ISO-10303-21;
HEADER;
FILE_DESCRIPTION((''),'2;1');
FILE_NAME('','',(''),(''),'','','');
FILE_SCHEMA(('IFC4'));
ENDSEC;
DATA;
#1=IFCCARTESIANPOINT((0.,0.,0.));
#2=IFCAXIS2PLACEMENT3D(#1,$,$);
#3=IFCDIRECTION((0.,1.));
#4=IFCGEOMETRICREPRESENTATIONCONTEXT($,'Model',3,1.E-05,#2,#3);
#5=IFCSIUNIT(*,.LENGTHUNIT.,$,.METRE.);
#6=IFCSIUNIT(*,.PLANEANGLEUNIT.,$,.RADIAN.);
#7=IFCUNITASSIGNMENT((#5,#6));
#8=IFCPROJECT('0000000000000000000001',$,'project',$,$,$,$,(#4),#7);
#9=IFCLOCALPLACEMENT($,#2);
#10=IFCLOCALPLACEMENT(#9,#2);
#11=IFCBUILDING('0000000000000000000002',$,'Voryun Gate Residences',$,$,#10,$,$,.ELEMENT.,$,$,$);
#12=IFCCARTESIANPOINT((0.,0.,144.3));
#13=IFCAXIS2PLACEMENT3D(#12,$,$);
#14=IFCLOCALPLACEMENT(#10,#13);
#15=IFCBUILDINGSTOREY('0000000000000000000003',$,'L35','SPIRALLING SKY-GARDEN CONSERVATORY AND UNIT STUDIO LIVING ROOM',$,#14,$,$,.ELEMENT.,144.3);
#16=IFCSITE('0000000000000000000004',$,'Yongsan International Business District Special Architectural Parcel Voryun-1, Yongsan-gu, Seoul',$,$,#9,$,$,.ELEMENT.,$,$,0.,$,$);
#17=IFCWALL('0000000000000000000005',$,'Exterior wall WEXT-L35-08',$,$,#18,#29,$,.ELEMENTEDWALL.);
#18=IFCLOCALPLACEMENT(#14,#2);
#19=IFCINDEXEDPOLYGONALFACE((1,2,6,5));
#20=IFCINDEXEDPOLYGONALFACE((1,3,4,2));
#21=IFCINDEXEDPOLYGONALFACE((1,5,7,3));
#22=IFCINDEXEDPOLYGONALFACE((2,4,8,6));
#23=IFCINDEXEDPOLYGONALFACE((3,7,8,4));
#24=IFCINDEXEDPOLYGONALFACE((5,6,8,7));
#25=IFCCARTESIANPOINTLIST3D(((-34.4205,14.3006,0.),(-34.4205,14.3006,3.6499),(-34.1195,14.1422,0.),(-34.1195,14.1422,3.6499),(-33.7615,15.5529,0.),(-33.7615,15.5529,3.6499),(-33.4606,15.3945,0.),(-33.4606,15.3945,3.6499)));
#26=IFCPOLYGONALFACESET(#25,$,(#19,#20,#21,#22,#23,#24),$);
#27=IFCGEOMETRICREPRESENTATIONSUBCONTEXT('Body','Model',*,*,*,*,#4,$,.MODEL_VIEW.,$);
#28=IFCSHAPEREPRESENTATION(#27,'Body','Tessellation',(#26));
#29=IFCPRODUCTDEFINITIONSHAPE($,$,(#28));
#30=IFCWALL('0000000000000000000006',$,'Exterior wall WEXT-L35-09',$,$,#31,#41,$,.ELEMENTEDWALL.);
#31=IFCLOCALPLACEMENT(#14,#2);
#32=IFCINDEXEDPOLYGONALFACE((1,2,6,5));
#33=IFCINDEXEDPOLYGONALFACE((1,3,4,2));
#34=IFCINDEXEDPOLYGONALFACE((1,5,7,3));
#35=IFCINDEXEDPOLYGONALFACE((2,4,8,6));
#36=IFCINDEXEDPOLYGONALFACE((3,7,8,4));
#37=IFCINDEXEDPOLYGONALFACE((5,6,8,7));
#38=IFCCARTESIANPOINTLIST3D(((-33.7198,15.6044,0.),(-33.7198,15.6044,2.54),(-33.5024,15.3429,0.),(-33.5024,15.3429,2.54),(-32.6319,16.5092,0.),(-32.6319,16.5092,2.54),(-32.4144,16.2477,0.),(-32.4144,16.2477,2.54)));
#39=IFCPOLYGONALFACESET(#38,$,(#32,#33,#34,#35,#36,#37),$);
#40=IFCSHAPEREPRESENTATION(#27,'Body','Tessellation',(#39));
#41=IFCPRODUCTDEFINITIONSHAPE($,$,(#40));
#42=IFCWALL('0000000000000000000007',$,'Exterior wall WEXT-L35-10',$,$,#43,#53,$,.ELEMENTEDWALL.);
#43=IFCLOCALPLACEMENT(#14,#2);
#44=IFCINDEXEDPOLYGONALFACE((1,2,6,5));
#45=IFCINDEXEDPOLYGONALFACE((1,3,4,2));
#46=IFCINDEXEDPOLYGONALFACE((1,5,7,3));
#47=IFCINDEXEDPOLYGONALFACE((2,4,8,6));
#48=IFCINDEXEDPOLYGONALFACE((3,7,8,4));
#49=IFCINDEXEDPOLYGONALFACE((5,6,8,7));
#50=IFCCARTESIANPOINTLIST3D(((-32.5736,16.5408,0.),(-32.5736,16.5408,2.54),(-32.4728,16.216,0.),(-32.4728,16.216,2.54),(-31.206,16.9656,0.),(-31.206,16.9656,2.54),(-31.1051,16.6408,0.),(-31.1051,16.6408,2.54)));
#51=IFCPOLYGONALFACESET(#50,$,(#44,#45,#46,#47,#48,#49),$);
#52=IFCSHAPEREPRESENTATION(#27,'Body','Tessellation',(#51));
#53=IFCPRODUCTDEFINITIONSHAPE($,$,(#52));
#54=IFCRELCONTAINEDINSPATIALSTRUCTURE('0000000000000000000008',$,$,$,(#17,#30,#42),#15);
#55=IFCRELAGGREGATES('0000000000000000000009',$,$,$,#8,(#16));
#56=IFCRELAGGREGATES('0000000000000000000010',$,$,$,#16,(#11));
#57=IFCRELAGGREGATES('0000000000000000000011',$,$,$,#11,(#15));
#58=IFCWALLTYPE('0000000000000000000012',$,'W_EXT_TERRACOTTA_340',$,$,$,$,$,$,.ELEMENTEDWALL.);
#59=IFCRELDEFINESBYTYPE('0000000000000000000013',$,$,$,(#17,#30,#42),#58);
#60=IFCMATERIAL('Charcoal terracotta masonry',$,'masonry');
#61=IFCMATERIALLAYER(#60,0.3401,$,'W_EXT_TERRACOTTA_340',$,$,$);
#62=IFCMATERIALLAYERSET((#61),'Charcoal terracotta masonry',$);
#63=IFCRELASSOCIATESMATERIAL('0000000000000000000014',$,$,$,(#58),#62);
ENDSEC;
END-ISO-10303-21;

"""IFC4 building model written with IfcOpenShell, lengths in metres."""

from ifc_helpers import new_model, si_unit, direction, frame, frame_2d, origin, place, context, subcontext, project, spatial, rectangle, extrude, material, layer, layer_set, type_object, element, save


model = new_model("IFC4")

# Units and contexts
model_context = context("Model", 3, precision=1e-05, world=origin(), true_north=direction((0.0, 1.0)))
body_context = subcontext(model_context, "Body", "Model", "MODEL_VIEW")
ifc_project = project(units=[si_unit("LENGTHUNIT", "METRE"), si_unit("PLANEANGLEUNIT", "RADIAN")], contexts=[model_context])

# Site, building, storey
site_placement = place(None, origin())
site = spatial("IfcSite", under=ifc_project, at=site_placement, Name="Yongsan International Business District Special Architectural Parcel Voryun-1, Yongsan-gu, Seoul", CompositionType="ELEMENT", RefElevation=0.0)
building_placement = place(site_placement, origin())
building = spatial("IfcBuilding", under=site, at=building_placement, Name="Voryun Gate Residences", CompositionType="ELEMENT")
storey_placement = place(building_placement, frame((0.0, 0.0, 144.3)))
storey = spatial("IfcBuildingStorey", under=building, at=storey_placement, Name="L35", Description="SPIRALLING SKY-GARDEN CONSERVATORY AND UNIT STUDIO LIVING ROOM", CompositionType="ELEMENT", Elevation=144.3)

# Walls
ifc_material_1 = material(Name="Charcoal terracotta masonry", Category="masonry")
ifc_layer_1 = layer(ifc_material_1, 0.3401, Name="W_EXT_TERRACOTTA_340")
ifc_layer_set_1 = layer_set([ifc_layer_1], Name="Charcoal terracotta masonry")
wall_type = type_object("IfcWallType", Name="W_EXT_TERRACOTTA_340", PredefinedType="ELEMENTEDWALL", material=ifc_layer_set_1)
wall_1_placement = place(storey_placement, frame((-34.27, 14.2214, 0.0), z_axis=(0.0, 0.0, 1.0), x_axis=(0.465682, 0.884952, 0.0)))
element("IfcWall", 1, at=wall_1_placement, inside=storey, type_object=wall_type, Name="Exterior wall WEXT-L35-08", PredefinedType="ELEMENTEDWALL", context=body_context, shape_type="SweptSolid", body=[
    extrude(rectangle(XDim=1.415, YDim=0.3401, at=frame_2d((0.7075, 0.0))), origin(), (0.0, 0.0, 1.0), 3.6499),
])
wall_2_placement = place(storey_placement, frame((-33.6111, 15.4736, 0.0), z_axis=(0.0, 0.0, 1.0), x_axis=(0.768843, 0.639437, 0.0)))
element("IfcWall", 2, at=wall_2_placement, inside=storey, type_object=wall_type, Name="Exterior wall WEXT-L35-09", PredefinedType="ELEMENTEDWALL", context=body_context, shape_type="SweptSolid", body=[
    extrude(rectangle(XDim=1.415, YDim=0.3401, at=frame_2d((0.7075, 0.0))), origin(), (0.0, 0.0, 1.0), 2.54),
])
wall_3_placement = place(storey_placement, frame((-32.5232, 16.3784, 0.0), z_axis=(0.0, 0.0, 1.0), x_axis=(0.954994, 0.296624, 0.0)))
element("IfcWall", 3, at=wall_3_placement, inside=storey, type_object=wall_type, Name="Exterior wall WEXT-L35-10", PredefinedType="ELEMENTEDWALL", context=body_context, shape_type="SweptSolid", body=[
    extrude(rectangle(XDim=1.4321, YDim=0.3401, at=frame_2d((0.7161, 0.0))), origin(), (0.0, 0.0, 1.0), 2.54),
])

save(model, "model.ifc")
